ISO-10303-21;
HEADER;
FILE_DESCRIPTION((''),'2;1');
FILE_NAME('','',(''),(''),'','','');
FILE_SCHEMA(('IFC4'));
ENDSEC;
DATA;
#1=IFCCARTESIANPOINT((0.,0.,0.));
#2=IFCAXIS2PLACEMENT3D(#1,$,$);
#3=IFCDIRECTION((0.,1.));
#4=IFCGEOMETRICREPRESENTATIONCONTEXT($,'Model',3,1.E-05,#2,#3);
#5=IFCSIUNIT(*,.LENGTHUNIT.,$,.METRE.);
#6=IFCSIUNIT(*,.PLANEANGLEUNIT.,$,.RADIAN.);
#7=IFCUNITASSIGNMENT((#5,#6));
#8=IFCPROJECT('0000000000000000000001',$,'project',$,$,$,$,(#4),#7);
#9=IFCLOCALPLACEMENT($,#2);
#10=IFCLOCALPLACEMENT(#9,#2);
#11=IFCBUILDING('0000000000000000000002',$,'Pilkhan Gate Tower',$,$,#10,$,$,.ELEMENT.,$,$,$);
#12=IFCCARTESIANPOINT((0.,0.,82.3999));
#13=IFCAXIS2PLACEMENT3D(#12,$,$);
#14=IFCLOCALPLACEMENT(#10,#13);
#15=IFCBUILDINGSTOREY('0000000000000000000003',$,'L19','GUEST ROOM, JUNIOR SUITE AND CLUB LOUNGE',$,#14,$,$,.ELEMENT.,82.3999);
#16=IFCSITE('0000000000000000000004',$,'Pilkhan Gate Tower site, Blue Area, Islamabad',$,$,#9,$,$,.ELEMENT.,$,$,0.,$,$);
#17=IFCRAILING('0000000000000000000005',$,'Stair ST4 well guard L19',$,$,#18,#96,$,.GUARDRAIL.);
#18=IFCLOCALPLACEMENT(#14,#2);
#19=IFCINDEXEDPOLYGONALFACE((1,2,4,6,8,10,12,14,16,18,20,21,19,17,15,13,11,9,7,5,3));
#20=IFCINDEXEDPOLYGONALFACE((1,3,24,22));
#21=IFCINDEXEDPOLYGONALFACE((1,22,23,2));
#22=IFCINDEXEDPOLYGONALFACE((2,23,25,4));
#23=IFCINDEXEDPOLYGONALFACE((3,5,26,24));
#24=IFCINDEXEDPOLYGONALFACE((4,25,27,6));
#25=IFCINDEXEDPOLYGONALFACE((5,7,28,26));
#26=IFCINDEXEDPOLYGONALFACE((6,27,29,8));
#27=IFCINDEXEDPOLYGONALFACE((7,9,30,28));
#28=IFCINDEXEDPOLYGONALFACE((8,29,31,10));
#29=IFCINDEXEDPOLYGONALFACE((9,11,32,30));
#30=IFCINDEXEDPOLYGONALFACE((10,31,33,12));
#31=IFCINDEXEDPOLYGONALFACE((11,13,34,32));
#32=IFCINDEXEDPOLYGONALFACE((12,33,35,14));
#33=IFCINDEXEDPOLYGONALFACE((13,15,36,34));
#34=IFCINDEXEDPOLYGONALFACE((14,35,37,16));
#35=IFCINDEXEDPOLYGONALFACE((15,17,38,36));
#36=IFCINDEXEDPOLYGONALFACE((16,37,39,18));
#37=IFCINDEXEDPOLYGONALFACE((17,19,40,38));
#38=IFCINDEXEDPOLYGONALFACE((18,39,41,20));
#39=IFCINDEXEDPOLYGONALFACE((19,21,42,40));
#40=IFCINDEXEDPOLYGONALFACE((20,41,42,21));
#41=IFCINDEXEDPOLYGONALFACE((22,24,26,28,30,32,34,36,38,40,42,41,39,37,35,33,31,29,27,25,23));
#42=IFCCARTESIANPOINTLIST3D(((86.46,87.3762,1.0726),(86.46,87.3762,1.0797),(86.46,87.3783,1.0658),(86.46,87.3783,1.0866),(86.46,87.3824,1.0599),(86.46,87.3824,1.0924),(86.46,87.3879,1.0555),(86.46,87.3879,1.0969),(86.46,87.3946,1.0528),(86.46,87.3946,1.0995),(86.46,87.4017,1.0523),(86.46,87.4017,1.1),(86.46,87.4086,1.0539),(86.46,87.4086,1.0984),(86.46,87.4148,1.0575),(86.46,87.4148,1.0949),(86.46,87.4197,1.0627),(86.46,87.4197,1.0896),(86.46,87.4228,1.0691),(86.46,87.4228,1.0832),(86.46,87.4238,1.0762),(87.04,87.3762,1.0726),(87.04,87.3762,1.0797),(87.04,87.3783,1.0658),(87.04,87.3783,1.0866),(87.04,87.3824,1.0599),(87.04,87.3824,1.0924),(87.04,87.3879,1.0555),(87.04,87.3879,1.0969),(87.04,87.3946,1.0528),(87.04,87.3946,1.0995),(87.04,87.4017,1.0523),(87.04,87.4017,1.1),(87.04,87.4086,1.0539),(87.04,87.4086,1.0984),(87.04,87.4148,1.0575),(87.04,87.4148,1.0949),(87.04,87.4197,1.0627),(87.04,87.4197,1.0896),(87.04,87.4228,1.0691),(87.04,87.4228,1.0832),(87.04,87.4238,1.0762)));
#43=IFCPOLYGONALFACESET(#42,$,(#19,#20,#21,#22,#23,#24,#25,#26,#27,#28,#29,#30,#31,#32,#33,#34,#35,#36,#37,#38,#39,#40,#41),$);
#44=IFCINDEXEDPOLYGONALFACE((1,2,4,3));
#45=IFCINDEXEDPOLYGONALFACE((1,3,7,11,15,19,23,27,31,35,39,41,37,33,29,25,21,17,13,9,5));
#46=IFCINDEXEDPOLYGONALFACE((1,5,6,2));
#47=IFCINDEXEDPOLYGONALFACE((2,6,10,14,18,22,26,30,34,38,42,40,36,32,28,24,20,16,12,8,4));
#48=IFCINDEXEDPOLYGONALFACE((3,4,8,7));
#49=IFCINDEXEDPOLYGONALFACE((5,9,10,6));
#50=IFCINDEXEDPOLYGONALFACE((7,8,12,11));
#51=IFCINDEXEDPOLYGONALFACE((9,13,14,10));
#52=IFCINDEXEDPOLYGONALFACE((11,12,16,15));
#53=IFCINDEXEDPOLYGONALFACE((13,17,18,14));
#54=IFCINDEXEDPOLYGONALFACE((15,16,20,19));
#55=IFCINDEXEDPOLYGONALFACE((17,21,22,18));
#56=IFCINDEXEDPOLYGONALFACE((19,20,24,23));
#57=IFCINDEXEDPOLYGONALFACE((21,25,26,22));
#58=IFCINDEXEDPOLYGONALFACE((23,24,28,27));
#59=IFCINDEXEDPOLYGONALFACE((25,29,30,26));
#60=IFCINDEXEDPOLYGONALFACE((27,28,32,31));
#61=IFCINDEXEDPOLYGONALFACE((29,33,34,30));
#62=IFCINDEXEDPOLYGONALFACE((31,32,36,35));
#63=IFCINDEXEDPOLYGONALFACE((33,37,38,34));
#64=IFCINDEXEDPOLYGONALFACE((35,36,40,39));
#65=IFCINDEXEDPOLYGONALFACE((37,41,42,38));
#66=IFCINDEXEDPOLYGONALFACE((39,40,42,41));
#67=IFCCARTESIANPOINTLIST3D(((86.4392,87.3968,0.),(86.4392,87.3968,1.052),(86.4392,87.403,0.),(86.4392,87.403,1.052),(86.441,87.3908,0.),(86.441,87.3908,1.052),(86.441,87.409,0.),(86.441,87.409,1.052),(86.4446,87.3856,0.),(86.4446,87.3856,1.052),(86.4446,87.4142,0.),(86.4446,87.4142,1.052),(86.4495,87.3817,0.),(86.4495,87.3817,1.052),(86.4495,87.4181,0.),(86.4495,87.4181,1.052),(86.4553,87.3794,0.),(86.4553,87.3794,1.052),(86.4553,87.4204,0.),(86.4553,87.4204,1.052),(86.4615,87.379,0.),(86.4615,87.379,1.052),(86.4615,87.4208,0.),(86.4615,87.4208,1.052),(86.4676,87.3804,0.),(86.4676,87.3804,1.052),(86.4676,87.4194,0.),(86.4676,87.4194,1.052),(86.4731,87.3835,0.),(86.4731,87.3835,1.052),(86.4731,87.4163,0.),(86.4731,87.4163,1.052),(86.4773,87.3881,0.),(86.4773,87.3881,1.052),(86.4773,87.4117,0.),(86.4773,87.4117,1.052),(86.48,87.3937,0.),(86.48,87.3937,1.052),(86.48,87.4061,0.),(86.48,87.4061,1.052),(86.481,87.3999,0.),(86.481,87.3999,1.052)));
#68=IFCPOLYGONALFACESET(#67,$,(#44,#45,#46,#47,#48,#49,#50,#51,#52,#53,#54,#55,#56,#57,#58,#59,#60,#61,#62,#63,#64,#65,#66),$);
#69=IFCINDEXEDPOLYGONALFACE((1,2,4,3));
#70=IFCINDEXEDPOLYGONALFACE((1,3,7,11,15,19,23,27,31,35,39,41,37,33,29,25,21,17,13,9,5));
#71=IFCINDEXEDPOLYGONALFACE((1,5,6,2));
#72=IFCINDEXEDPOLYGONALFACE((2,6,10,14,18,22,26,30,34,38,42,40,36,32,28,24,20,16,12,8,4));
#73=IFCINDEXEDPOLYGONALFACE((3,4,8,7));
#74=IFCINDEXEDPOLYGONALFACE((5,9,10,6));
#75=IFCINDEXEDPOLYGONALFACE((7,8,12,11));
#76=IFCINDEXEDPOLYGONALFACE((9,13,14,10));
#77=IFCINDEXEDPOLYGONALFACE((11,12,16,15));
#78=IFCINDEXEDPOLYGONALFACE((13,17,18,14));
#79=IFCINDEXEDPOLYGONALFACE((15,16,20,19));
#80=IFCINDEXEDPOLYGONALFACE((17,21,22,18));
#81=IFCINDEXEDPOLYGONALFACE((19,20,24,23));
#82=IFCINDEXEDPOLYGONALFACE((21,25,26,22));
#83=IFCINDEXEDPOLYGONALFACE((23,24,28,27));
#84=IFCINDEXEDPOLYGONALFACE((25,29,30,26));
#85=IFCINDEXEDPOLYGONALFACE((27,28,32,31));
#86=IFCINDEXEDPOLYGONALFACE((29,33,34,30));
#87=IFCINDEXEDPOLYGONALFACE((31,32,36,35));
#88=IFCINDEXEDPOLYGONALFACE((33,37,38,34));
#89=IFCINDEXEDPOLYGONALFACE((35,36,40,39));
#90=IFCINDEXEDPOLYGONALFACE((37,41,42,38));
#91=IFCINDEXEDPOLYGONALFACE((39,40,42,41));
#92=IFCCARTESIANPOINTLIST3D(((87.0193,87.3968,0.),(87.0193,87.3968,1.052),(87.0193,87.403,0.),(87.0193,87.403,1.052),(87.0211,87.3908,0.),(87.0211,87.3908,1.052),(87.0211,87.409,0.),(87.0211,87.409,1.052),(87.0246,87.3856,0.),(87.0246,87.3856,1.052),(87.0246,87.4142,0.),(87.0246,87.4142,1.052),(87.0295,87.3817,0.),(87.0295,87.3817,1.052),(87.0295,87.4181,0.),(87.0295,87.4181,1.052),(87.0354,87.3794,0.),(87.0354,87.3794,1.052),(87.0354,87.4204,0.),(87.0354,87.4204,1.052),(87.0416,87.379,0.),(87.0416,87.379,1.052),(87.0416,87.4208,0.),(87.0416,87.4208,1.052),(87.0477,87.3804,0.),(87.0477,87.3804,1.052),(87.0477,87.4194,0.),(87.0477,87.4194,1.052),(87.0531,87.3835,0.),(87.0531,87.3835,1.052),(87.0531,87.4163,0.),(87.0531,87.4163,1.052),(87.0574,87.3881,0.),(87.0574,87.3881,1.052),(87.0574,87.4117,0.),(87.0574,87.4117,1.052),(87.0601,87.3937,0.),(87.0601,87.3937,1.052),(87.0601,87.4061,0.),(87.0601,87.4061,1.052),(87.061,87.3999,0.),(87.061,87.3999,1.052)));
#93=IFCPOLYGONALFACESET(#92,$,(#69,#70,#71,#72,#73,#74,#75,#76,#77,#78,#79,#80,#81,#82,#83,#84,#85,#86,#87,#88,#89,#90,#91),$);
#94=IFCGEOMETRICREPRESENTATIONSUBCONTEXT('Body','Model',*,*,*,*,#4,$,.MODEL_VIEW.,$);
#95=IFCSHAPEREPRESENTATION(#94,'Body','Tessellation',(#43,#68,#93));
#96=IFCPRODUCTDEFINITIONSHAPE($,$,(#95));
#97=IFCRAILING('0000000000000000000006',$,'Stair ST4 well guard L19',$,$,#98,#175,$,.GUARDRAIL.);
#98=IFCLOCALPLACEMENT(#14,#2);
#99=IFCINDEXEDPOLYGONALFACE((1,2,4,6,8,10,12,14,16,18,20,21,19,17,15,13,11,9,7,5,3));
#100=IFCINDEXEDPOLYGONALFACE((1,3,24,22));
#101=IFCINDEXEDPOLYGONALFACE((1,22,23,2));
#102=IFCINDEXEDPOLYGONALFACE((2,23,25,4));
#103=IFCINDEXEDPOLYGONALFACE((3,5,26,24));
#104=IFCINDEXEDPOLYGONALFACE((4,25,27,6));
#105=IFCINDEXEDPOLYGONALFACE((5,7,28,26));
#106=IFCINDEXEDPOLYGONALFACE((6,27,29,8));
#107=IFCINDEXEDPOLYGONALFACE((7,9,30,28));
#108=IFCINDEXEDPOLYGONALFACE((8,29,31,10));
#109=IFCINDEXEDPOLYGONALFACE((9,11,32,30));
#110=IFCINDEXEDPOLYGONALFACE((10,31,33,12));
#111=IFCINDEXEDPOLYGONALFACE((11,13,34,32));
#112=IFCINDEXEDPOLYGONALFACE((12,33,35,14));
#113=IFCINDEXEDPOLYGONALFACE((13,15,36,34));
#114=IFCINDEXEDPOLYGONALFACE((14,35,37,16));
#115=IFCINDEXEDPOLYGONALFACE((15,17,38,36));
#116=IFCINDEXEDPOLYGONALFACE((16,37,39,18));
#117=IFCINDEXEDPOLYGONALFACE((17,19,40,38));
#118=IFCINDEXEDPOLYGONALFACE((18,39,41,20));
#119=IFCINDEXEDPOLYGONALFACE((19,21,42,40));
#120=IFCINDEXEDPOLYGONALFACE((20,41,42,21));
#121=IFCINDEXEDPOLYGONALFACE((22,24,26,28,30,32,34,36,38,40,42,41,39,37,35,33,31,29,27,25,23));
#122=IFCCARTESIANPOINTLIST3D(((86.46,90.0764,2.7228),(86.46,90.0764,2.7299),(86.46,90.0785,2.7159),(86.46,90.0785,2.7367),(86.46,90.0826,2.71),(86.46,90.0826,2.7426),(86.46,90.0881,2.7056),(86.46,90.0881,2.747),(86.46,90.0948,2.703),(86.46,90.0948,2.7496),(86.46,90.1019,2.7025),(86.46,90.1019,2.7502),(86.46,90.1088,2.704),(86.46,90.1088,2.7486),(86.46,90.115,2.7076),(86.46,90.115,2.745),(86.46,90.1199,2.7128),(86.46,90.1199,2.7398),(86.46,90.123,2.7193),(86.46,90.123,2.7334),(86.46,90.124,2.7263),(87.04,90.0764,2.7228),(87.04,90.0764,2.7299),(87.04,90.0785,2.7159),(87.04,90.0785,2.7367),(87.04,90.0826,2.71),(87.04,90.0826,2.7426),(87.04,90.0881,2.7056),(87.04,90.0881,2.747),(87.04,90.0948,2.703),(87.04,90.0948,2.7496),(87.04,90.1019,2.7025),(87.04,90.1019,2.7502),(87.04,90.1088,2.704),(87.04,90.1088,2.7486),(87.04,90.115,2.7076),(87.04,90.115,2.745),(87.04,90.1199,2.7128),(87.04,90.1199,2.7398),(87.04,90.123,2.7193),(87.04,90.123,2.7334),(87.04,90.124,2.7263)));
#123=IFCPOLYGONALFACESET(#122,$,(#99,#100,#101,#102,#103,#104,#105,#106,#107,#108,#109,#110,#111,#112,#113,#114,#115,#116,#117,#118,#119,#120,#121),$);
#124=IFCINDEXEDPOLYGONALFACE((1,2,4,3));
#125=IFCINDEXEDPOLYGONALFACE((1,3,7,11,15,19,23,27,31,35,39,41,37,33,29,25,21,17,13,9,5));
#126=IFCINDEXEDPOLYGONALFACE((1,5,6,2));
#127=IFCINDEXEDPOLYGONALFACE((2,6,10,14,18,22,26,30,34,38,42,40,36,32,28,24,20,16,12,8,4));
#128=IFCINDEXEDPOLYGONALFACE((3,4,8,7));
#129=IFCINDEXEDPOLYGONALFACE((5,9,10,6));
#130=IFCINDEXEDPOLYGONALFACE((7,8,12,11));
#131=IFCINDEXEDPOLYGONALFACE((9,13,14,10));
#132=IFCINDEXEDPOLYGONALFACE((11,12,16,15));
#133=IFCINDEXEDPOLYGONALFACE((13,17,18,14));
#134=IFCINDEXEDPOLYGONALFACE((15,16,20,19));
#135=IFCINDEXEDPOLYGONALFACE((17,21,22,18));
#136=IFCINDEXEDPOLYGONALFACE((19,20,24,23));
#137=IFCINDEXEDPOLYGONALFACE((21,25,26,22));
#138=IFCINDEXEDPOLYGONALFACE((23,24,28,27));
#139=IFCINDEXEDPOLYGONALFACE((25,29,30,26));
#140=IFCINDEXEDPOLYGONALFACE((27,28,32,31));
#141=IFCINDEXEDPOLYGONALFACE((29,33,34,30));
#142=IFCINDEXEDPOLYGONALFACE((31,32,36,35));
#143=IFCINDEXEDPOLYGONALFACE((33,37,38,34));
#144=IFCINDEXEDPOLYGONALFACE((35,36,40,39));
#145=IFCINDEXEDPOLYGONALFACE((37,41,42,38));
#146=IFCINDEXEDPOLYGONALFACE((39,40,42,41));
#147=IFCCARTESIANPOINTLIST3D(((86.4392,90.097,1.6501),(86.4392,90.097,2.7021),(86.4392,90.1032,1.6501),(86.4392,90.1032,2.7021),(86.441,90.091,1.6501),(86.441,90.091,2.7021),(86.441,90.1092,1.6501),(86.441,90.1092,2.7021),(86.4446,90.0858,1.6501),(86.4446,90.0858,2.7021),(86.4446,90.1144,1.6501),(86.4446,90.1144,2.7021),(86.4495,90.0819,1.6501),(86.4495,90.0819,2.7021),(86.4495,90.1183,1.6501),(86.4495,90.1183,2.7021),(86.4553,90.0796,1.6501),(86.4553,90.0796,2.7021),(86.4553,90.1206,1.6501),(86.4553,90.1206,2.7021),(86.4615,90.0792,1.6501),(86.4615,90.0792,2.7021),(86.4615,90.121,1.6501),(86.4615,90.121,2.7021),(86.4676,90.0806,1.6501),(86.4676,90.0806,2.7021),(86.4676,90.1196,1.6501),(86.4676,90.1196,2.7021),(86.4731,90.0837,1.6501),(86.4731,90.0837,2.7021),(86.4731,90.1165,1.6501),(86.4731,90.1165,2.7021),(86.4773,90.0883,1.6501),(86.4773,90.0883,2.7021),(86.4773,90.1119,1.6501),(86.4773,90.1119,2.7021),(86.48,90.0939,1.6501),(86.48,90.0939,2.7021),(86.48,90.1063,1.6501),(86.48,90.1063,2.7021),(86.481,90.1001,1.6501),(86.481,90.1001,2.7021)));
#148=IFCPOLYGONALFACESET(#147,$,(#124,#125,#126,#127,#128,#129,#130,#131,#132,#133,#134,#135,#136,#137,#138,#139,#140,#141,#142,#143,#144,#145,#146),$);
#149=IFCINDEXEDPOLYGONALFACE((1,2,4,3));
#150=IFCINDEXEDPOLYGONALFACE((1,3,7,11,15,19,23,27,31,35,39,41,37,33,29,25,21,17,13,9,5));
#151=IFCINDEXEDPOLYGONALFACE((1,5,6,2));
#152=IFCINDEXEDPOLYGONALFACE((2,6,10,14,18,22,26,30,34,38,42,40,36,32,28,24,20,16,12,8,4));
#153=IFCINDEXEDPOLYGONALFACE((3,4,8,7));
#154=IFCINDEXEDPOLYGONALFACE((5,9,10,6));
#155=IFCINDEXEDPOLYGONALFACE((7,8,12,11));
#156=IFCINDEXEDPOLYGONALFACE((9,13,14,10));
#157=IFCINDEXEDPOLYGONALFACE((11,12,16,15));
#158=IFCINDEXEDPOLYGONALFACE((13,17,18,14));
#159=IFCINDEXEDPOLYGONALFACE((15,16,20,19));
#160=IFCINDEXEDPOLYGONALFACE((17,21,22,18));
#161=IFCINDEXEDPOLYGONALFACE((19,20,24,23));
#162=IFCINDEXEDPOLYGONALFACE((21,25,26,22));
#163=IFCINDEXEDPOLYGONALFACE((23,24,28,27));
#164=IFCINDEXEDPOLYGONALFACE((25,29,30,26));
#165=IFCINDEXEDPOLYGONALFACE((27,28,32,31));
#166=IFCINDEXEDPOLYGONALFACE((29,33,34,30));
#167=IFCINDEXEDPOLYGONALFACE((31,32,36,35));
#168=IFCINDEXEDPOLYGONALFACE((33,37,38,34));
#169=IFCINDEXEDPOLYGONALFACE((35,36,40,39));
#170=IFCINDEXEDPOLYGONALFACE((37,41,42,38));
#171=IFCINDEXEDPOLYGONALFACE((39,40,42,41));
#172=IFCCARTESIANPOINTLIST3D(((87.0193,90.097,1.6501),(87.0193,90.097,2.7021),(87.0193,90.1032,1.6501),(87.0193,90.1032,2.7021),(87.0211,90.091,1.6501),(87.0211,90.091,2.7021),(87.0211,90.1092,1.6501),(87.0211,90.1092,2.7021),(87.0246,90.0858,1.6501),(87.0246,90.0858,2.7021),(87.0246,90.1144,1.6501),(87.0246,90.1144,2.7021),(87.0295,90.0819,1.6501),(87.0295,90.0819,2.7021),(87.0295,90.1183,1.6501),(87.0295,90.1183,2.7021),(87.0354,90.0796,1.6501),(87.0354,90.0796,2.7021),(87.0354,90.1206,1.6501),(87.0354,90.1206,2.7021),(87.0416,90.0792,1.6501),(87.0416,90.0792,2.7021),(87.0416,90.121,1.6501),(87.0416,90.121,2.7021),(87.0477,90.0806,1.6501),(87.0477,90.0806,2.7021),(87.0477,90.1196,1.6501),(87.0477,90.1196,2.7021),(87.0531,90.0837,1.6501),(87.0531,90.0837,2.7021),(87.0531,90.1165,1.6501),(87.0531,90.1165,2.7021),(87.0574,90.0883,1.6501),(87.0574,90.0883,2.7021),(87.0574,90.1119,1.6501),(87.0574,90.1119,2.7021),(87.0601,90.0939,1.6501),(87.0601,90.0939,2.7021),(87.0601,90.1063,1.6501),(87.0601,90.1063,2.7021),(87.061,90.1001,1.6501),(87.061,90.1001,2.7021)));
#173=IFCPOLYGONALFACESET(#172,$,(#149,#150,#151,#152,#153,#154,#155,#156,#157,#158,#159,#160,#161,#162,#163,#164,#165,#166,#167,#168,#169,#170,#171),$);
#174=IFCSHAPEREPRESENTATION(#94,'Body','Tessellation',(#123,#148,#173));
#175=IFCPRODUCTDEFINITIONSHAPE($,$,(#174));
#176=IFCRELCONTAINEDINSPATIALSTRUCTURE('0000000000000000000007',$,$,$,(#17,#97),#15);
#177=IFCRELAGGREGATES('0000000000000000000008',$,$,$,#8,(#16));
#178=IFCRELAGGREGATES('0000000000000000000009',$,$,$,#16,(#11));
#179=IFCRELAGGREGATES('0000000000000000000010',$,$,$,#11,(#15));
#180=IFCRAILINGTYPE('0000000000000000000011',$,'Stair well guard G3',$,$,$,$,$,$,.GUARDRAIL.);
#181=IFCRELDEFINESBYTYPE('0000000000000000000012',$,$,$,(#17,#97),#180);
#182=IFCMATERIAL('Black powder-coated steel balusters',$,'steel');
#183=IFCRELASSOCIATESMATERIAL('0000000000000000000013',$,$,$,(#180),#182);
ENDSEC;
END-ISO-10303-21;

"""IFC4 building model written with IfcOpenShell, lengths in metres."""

from ifc_helpers import new_model, si_unit, direction, frame, origin, origin_2d, place, context, subcontext, project, spatial, circle, extrude, material, type_object, element, save


model = new_model("IFC4")

# Units and contexts
model_context = context("Model", 3, precision=1e-05, world=origin(), true_north=direction((0.0, 1.0)))
body_context = subcontext(model_context, "Body", "Model", "MODEL_VIEW")
ifc_project = project(units=[si_unit("LENGTHUNIT", "METRE"), si_unit("PLANEANGLEUNIT", "RADIAN")], contexts=[model_context])

# Site, building, storey
site_placement = place(None, origin())
site = spatial("IfcSite", under=ifc_project, at=site_placement, Name="Pilkhan Gate Tower site, Blue Area, Islamabad", CompositionType="ELEMENT", RefElevation=0.0)
building_placement = place(site_placement, origin())
building = spatial("IfcBuilding", under=site, at=building_placement, Name="Pilkhan Gate Tower", CompositionType="ELEMENT")
storey_placement = place(building_placement, frame((0.0, 0.0, 82.3999)))
storey = spatial("IfcBuildingStorey", under=building, at=storey_placement, Name="L19", Description="GUEST ROOM, JUNIOR SUITE AND CLUB LOUNGE", CompositionType="ELEMENT", Elevation=82.3999)

# Railings
ifc_material_1 = material(Name="Black powder-coated steel balusters", Category="steel")
railing_type_1 = type_object("IfcRailingType", Name="Stair well guard G3", PredefinedType="GUARDRAIL", material=ifc_material_1)
for number, where, name in (
    (1, (86.46, 87.3999, 0.0), "Stair ST4 well guard L19"),
    (2, (86.46, 90.1001, 1.6501), "Stair ST4 well guard L19"),
):
    element("IfcRailing", number, at=place(storey_placement, frame(where)), inside=storey, type_object=railing_type_1, Name=name, PredefinedType="GUARDRAIL", context=body_context, shape_type="SweptSolid", body=[
        extrude(circle(Radius=0.0239, at=origin_2d()), frame((0.0, 0.0, 1.0762), z_axis=(1.0, 0.0, 0.0), x_axis=(0.0, 1.0, 0.0)), (0.0, 0.0, 1.0), 0.5801),
        extrude(circle(Radius=0.021, at=origin_2d()), origin(), (0.0, 0.0, 1.0), 1.052),
        extrude(circle(Radius=0.021, at=origin_2d()), frame((0.5801, 0.0, 0.0)), (0.0, 0.0, 1.0), 1.052),
    ])

save(model, "model.ifc")
